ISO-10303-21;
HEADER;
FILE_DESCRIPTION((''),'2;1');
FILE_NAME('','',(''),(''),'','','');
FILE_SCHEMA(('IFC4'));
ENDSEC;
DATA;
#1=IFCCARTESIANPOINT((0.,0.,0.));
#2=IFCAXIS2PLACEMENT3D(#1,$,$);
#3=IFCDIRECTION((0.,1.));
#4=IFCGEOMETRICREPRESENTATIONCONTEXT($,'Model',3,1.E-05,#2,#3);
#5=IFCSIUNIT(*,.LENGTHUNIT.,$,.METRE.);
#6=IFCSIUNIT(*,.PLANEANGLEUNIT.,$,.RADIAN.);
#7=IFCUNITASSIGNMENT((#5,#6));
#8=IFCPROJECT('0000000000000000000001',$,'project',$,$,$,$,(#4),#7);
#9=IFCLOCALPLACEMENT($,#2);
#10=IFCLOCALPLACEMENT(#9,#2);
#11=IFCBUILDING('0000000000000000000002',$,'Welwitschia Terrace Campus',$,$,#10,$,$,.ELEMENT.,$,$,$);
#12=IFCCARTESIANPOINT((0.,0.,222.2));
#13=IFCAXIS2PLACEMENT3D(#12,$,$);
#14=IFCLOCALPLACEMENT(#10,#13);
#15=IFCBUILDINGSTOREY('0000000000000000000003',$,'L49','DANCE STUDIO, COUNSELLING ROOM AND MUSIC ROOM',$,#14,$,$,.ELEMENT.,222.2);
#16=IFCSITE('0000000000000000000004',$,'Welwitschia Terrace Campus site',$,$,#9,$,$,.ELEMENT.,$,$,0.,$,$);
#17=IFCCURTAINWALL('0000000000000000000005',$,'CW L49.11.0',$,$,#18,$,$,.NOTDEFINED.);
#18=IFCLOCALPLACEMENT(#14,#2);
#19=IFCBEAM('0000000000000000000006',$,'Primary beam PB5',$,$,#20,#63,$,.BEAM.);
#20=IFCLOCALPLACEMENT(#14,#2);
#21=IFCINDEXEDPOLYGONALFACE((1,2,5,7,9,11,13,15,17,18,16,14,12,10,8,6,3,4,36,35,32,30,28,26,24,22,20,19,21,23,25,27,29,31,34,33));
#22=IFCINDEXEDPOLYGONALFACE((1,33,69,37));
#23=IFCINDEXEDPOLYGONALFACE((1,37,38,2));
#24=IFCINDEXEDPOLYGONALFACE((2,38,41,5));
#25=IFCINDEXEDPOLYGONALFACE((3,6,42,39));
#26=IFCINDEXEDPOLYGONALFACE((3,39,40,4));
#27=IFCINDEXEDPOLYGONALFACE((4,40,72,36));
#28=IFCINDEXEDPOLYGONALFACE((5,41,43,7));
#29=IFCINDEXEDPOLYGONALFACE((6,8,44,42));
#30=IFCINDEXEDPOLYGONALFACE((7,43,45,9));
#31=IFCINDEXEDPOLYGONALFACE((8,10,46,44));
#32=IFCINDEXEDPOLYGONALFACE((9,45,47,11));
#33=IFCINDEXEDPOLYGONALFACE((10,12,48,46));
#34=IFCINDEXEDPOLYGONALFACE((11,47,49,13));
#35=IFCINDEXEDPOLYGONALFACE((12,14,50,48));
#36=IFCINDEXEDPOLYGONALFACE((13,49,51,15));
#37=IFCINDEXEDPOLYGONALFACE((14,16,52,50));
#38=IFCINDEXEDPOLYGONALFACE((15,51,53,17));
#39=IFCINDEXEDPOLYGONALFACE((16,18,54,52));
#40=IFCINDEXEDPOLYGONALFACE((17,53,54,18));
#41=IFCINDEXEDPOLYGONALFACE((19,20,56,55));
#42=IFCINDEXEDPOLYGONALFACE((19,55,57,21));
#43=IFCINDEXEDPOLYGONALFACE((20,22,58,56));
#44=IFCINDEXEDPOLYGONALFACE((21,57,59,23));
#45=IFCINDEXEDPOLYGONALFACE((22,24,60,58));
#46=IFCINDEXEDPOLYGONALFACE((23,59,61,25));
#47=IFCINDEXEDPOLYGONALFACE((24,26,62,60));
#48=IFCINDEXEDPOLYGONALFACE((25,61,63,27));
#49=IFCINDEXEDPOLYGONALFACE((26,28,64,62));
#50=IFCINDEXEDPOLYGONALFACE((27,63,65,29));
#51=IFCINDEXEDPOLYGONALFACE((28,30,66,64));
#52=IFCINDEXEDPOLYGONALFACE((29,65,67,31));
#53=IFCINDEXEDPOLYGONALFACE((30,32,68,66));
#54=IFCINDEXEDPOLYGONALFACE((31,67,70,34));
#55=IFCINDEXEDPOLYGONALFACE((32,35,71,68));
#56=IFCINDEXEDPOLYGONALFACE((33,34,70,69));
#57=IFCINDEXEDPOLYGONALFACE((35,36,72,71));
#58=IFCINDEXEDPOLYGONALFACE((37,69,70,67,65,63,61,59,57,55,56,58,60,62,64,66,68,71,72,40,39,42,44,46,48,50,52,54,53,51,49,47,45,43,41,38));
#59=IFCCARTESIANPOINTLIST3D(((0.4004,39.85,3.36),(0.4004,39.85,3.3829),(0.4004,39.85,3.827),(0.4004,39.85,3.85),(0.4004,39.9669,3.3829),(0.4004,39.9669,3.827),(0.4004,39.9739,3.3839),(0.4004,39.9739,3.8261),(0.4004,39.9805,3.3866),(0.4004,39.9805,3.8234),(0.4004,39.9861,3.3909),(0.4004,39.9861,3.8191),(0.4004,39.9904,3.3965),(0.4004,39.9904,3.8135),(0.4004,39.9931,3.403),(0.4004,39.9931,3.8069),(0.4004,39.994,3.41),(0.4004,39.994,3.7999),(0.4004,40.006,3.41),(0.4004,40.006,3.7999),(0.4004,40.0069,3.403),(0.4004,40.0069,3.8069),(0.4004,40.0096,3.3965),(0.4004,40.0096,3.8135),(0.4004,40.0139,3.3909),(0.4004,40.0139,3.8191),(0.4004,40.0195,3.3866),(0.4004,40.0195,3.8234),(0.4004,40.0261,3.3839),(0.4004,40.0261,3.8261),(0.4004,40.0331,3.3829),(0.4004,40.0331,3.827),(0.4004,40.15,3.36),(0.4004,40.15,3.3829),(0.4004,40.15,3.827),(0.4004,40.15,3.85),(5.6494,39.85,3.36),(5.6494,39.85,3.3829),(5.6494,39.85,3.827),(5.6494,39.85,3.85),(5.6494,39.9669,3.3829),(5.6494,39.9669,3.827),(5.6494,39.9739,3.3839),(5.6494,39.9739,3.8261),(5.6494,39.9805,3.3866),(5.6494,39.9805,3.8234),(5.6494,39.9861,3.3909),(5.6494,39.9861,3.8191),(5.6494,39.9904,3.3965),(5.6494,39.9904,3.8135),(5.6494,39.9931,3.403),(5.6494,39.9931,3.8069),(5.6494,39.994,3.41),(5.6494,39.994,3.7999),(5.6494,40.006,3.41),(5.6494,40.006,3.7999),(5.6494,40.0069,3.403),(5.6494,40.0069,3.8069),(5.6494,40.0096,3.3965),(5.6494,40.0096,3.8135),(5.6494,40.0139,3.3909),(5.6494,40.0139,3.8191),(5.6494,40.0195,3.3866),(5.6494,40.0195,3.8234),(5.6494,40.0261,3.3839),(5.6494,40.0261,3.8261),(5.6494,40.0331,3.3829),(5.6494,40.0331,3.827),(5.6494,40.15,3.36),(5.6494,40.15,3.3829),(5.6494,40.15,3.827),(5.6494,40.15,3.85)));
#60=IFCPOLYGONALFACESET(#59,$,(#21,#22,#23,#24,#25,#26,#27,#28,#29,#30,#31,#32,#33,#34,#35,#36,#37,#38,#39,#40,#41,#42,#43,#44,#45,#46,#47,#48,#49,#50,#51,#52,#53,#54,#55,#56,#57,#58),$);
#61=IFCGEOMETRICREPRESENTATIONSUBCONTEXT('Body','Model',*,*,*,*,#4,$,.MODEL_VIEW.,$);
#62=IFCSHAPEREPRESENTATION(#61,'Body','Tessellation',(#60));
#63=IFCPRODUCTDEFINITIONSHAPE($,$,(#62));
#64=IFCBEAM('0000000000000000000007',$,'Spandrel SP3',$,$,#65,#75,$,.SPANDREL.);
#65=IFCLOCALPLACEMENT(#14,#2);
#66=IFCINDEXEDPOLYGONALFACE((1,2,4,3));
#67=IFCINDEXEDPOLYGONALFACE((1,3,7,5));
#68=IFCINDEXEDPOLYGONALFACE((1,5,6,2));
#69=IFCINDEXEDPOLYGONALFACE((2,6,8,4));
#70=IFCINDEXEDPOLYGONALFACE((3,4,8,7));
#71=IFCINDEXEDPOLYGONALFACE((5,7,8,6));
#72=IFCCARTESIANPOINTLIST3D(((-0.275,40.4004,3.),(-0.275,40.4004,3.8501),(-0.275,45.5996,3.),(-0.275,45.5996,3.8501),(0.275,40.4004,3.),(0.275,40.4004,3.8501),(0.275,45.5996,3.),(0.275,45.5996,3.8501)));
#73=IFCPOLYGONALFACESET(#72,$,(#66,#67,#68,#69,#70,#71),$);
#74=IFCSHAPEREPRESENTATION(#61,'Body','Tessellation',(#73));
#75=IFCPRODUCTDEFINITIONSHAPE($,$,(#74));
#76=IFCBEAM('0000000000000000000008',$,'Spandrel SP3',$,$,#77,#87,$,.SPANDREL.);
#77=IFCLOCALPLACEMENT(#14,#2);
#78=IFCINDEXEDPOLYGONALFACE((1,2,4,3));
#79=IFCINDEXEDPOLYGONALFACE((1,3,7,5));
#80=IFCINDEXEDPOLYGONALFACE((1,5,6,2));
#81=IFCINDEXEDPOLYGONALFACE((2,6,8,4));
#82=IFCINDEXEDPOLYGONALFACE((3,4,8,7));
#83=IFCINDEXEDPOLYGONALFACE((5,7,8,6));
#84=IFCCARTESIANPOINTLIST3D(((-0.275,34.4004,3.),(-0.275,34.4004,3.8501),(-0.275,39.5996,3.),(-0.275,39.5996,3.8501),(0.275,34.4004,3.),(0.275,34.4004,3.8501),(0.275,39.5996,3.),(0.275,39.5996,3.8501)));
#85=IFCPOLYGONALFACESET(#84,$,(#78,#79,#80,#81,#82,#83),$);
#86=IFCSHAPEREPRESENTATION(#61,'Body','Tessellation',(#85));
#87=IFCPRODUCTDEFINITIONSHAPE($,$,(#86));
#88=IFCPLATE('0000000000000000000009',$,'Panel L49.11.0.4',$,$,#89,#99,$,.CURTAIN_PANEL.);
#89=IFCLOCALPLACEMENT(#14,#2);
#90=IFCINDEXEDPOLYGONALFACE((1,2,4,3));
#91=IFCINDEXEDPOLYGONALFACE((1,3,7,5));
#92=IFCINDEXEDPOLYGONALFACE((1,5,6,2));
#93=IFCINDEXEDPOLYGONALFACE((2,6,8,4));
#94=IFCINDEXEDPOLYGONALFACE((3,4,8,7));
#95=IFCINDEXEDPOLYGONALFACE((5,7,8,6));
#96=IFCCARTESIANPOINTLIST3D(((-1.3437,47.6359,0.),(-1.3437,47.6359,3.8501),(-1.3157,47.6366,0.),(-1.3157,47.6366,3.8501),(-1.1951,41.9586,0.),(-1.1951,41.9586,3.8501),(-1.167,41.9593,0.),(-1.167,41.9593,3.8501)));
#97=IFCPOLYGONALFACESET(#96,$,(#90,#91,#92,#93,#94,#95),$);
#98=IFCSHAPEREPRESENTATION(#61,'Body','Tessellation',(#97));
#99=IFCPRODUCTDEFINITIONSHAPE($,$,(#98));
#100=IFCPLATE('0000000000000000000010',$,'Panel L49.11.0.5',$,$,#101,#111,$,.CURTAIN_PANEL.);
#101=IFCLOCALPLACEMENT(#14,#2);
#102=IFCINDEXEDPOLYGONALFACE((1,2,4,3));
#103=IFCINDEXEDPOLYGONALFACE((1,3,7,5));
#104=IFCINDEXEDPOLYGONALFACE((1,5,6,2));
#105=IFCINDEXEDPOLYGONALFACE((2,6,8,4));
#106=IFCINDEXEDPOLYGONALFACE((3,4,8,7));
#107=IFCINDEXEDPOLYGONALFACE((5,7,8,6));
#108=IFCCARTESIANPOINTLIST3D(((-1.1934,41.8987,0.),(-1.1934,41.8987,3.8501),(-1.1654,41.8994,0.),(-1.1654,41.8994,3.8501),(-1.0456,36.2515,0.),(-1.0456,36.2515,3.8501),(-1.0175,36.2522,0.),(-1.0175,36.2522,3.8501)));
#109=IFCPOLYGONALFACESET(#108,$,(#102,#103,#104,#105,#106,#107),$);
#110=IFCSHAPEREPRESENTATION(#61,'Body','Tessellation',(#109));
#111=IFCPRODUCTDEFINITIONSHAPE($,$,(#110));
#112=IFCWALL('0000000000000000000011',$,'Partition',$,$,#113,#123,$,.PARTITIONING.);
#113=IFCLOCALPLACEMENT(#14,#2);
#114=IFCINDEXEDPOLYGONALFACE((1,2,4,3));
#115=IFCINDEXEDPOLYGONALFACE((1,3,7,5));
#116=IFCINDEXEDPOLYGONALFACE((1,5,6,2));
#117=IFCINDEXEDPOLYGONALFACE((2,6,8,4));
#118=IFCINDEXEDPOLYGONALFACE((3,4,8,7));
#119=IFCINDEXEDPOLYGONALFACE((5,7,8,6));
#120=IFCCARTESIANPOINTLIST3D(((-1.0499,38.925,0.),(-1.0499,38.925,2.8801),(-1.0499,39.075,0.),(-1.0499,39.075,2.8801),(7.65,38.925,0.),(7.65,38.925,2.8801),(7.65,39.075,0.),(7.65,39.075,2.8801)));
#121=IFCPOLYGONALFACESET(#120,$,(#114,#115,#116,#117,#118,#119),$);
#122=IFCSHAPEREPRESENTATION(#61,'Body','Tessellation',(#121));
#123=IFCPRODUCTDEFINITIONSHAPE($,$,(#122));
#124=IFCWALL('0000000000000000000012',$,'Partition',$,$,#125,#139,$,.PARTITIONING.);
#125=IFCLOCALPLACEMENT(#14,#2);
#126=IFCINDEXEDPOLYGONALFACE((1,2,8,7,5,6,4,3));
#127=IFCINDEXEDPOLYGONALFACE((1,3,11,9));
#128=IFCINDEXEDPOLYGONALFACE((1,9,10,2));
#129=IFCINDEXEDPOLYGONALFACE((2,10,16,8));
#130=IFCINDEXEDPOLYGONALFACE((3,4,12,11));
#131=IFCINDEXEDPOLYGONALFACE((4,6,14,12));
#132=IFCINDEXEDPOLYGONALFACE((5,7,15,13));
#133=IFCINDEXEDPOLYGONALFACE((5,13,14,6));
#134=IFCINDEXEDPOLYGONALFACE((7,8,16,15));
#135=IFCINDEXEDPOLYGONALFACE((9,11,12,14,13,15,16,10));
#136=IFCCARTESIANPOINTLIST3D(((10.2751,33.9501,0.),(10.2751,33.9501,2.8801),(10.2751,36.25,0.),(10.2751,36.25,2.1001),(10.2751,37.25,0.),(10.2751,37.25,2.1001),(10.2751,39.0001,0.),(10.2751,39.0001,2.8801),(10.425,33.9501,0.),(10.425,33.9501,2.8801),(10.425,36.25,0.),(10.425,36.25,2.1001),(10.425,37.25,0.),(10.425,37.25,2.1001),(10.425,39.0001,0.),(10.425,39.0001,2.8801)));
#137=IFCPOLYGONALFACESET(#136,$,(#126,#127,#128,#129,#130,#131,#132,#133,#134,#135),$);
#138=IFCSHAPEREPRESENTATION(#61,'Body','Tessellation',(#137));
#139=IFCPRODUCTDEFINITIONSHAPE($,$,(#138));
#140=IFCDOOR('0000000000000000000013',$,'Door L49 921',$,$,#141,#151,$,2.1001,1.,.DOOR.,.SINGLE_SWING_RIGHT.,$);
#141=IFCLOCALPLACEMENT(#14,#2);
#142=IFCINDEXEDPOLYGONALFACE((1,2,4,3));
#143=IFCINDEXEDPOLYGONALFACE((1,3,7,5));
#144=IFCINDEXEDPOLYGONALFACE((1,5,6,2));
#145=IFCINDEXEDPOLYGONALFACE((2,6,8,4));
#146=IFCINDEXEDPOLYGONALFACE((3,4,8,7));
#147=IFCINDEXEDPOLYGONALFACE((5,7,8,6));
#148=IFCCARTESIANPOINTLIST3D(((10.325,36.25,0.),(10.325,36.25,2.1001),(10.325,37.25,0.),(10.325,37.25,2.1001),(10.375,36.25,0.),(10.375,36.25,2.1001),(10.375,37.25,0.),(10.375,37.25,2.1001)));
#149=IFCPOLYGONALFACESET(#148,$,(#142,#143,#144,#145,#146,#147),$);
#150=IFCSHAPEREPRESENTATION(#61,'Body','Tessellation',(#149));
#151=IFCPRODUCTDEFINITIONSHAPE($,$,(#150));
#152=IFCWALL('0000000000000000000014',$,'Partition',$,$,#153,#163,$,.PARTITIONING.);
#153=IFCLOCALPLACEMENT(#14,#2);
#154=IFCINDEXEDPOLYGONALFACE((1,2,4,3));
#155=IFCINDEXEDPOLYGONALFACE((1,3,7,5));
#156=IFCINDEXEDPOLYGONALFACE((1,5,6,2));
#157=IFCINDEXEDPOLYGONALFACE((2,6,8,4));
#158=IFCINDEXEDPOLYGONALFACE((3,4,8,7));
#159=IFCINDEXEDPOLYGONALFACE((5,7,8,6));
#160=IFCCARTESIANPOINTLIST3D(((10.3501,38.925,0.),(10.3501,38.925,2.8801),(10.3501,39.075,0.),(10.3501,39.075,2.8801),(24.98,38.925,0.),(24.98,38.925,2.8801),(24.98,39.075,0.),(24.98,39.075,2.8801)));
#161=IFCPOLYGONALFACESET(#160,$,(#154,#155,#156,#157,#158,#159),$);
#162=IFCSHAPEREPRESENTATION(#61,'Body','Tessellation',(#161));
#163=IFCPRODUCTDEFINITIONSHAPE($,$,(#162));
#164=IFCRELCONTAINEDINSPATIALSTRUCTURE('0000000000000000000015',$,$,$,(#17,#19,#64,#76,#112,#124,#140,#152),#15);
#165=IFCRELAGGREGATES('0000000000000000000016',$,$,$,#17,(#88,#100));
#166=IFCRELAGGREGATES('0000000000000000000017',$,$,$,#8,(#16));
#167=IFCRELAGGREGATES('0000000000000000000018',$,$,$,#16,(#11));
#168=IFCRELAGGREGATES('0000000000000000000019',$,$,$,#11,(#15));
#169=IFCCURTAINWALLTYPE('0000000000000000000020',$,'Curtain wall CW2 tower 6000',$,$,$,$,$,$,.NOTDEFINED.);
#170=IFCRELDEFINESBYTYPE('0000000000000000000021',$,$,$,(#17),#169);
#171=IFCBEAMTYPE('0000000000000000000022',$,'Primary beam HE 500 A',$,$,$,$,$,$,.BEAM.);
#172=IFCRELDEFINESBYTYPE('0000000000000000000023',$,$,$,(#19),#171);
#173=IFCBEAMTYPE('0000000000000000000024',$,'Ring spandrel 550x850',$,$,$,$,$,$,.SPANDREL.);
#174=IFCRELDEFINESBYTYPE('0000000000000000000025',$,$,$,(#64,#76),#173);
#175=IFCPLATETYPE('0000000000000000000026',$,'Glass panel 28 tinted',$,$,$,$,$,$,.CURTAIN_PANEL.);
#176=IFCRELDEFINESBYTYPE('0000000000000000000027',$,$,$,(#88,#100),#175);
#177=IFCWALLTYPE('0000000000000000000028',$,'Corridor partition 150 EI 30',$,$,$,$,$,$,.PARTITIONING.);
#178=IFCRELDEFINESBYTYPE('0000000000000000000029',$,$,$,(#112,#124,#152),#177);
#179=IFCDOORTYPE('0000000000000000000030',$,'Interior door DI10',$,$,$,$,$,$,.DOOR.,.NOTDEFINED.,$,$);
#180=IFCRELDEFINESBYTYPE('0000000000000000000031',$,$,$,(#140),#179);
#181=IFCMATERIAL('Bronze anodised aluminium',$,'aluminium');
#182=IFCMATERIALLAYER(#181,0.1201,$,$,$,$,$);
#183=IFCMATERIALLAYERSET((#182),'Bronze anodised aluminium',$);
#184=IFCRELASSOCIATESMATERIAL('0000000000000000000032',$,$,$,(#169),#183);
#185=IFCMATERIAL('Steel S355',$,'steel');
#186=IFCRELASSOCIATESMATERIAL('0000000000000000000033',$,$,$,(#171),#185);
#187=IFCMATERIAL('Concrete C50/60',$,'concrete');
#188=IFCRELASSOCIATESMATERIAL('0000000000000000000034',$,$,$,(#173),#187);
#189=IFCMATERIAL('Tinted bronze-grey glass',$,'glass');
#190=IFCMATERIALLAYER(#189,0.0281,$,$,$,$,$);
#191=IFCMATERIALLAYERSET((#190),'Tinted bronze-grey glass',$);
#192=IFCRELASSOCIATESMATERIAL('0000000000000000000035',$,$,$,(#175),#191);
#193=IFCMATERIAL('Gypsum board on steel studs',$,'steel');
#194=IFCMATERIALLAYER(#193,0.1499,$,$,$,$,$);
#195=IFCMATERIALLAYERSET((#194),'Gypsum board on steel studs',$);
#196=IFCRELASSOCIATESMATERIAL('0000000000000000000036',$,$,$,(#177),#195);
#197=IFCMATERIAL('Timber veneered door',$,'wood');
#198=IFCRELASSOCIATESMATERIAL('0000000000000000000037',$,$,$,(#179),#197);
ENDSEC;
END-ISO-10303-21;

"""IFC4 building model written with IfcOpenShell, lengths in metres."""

from ifc_helpers import new_model, si_unit, direction, frame, frame_2d, origin, origin_2d, place, context, subcontext, project, spatial, rectangle, i_section, extrude, material, layer, layer_set, material_profile, profile_set, type_object, element, fill, aggregate, save


model = new_model("IFC4")

# Units and contexts
model_context = context("Model", 3, precision=1e-05, world=origin(), true_north=direction((0.0, 1.0)))
body_context = subcontext(model_context, "Body", "Model", "MODEL_VIEW")
ifc_project = project(units=[si_unit("LENGTHUNIT", "METRE"), si_unit("PLANEANGLEUNIT", "RADIAN")], contexts=[model_context])

# Site, building, storey
site_placement = place(None, origin())
site = spatial("IfcSite", under=ifc_project, at=site_placement, Name="Welwitschia Terrace Campus site", CompositionType="ELEMENT", RefElevation=0.0)
building_placement = place(site_placement, origin())
building = spatial("IfcBuilding", under=site, at=building_placement, Name="Welwitschia Terrace Campus", CompositionType="ELEMENT")
storey_placement = place(building_placement, frame((0.0, 0.0, 222.2)))
storey = spatial("IfcBuildingStorey", under=building, at=storey_placement, Name="L49", Description="DANCE STUDIO, COUNSELLING ROOM AND MUSIC ROOM", CompositionType="ELEMENT", Elevation=222.2)

# Curtain wall
ifc_material_1 = material(Name="Bronze anodised aluminium", Category="aluminium")
ifc_layer_1 = layer(ifc_material_1, 0.1201)
ifc_layer_set_1 = layer_set([ifc_layer_1], Name="Bronze anodised aluminium")
curtain_wall_type = type_object("IfcCurtainWallType", Name="Curtain wall CW2 tower 6000", PredefinedType="NOTDEFINED", material=ifc_layer_set_1)
curtain_wall_placement = place(storey_placement, origin())
curtain_wall = element("IfcCurtainWall", 1, at=curtain_wall_placement, inside=storey, type_object=curtain_wall_type, Name="CW L49.11.0", PredefinedType="NOTDEFINED")

# Beams
ifc_material_2 = material(Name="Steel S355", Category="steel")
ifc_material_profile_1 = material_profile(ifc_material_2, i_section(OverallWidth=0.3, OverallDepth=0.49, WebThickness=0.012, FlangeThickness=0.0229, FilletRadius=0.0271, at=origin_2d()))
ifc_profile_set_1 = profile_set([ifc_material_profile_1], Name="Steel S355")
beam_type_1 = type_object("IfcBeamType", Name="Primary beam HE 500 A", PredefinedType="BEAM", material=ifc_profile_set_1)
beam_1_placement = place(storey_placement, frame((0.4004, 40.0, 3.605), z_axis=(1.0, 0.0, 0.0), x_axis=(0.0, 1.0, 0.0)))
element("IfcBeam", 2, at=beam_1_placement, inside=storey, type_object=beam_type_1, Name="Primary beam PB5", PredefinedType="BEAM", context=body_context, shape_type="SweptSolid", body=[
    extrude(i_section(OverallWidth=0.3, OverallDepth=0.49, WebThickness=0.012, FlangeThickness=0.0229, FilletRadius=0.0271, at=origin_2d()), origin(), (0.0, 0.0, 1.0), 5.249),
])
ifc_material_3 = material(Name="Concrete C50/60", Category="concrete")
ifc_material_profile_2 = material_profile(ifc_material_3, rectangle(XDim=0.55, YDim=0.8501, at=origin_2d()))
ifc_profile_set_2 = profile_set([ifc_material_profile_2], Name="Concrete C50/60")
beam_type_2 = type_object("IfcBeamType", Name="Ring spandrel 550x850", PredefinedType="SPANDREL", material=ifc_profile_set_2)
for number, where, z_axis, x_axis, name in (
    (3, (0.0, 45.5996, 3.425), (0.0, -1.0, 0.0), (1.0, 0.0, 0.0), "Spandrel SP3"),
    (4, (0.0, 39.5996, 3.425), (0.0, -1.0, 0.0), (1.0, 0.0, 0.0), "Spandrel SP3"),
):
    element("IfcBeam", number, at=place(storey_placement, frame(where, z_axis=z_axis, x_axis=x_axis)), inside=storey, type_object=beam_type_2, Name=name, PredefinedType="SPANDREL", context=body_context, shape_type="SweptSolid", body=[
        extrude(rectangle(XDim=0.55, YDim=0.8501, at=origin_2d()), origin(), (0.0, 0.0, 1.0), 5.1992),
    ])

# Plates
ifc_material_4 = material(Name="Tinted bronze-grey glass", Category="glass")
ifc_layer_2 = layer(ifc_material_4, 0.0281)
ifc_layer_set_2 = layer_set([ifc_layer_2], Name="Tinted bronze-grey glass")
plate_type = type_object("IfcPlateType", Name="Glass panel 28 tinted", PredefinedType="CURTAIN_PANEL", material=ifc_layer_set_2)
plate_1_placement = place(storey_placement, frame((-1.2554, 44.7976, 0.0), z_axis=(0.0, 0.0, 1.0), x_axis=(0.026177, -0.999657, 0.0)))
plate_1 = element("IfcPlate", 5, at=plate_1_placement, type_object=plate_type, Name="Panel L49.11.0.4", PredefinedType="CURTAIN_PANEL", context=body_context, shape_type="SweptSolid", body=[
    extrude(rectangle(XDim=5.6792, YDim=0.0281, at=origin_2d()), origin(), (0.0, 0.0, 1.0), 3.8501),
])
plate_2_placement = place(storey_placement, frame((-1.1055, 39.0754, 0.0), z_axis=(0.0, 0.0, 1.0), x_axis=(0.026177, -0.999657, 0.0)))
plate_2 = element("IfcPlate", 6, at=plate_2_placement, type_object=plate_type, Name="Panel L49.11.0.5", PredefinedType="CURTAIN_PANEL", context=body_context, shape_type="SweptSolid", body=[
    extrude(rectangle(XDim=5.6492, YDim=0.0281, at=origin_2d()), origin(), (0.0, 0.0, 1.0), 3.8501),
])
aggregate(curtain_wall, [plate_1, plate_2])

# Wall
ifc_material_5 = material(Name="Gypsum board on steel studs", Category="steel")
ifc_layer_3 = layer(ifc_material_5, 0.1499)
ifc_layer_set_3 = layer_set([ifc_layer_3], Name="Gypsum board on steel studs")
wall_type = type_object("IfcWallType", Name="Corridor partition 150 EI 30", PredefinedType="PARTITIONING", material=ifc_layer_set_3)
wall_1_placement = place(storey_placement, frame((-1.05, 39.0, 0.0), z_axis=(0.0, 0.0, 1.0), x_axis=(1.0, 0.0, 0.0)))
element("IfcWall", 7, at=wall_1_placement, inside=storey, type_object=wall_type, Name="Partition", PredefinedType="PARTITIONING", context=body_context, shape_type="SweptSolid", body=[
    extrude(rectangle(XDim=8.7, YDim=0.1499, at=frame_2d((4.3501, 0.0))), origin(), (0.0, 0.0, 1.0), 2.8801),
])

# Wall, opening, door
wall_2_placement = place(storey_placement, frame((10.3501, 39.0, 0.0), z_axis=(0.0, 0.0, 1.0), x_axis=(0.0, -1.0, 0.0)))
wall_2 = element("IfcWall", 8, at=wall_2_placement, inside=storey, type_object=wall_type, Name="Partition", PredefinedType="PARTITIONING", context=body_context, shape_type="SweptSolid", body=[
    extrude(rectangle(XDim=5.05, YDim=0.1499, at=frame_2d((2.5249, 0.0))), origin(), (0.0, 0.0, 1.0), 2.8801),
])
opening_1_placement = place(wall_2_placement, frame((1.75, 0.0, 0.0)))
opening_1 = element("IfcOpeningElement", 9, at=opening_1_placement, cuts=wall_2, PredefinedType="OPENING", context=body_context, shape_type="SweptSolid", body=[
    extrude(rectangle(XDim=1.0, YDim=2.1001, at=frame_2d((0.5, 1.05))), frame((0.0, 0.085, 0.0), z_axis=(0.0, -1.0, 0.0), x_axis=(1.0, 0.0, 0.0)), (0.0, 0.0, 1.0), 0.1699),
])
ifc_material_6 = material(Name="Timber veneered door", Category="wood")
door_type_1 = type_object("IfcDoorType", Name="Interior door DI10", OperationType="NOTDEFINED", PredefinedType="DOOR", material=ifc_material_6)
door_1_placement = place(opening_1_placement, origin())
door_1 = element("IfcDoor", 10, at=door_1_placement, inside=storey, type_object=door_type_1, Name="Door L49 921", OperationType="SINGLE_SWING_RIGHT", OverallHeight=2.1001, OverallWidth=1.0, PredefinedType="DOOR", context=body_context, shape_type="SweptSolid", body=[
    extrude(rectangle(XDim=1.0, YDim=2.1001, at=frame_2d((0.5, 1.05))), frame((0.0, 0.0249, 0.0), z_axis=(0.0, -1.0, 0.0), x_axis=(1.0, 0.0, 0.0)), (0.0, 0.0, 1.0), 0.05),
])
fill(opening_1, door_1)

# Wall
wall_3_placement = place(storey_placement, frame((10.3501, 39.0, 0.0), z_axis=(0.0, 0.0, 1.0), x_axis=(1.0, 0.0, 0.0)))
element("IfcWall", 11, at=wall_3_placement, inside=storey, type_object=wall_type, Name="Partition", PredefinedType="PARTITIONING", context=body_context, shape_type="SweptSolid", body=[
    extrude(rectangle(XDim=14.6299, YDim=0.1499, at=frame_2d((7.3149, 0.0))), origin(), (0.0, 0.0, 1.0), 2.8801),
])

save(model, "model.ifc")
